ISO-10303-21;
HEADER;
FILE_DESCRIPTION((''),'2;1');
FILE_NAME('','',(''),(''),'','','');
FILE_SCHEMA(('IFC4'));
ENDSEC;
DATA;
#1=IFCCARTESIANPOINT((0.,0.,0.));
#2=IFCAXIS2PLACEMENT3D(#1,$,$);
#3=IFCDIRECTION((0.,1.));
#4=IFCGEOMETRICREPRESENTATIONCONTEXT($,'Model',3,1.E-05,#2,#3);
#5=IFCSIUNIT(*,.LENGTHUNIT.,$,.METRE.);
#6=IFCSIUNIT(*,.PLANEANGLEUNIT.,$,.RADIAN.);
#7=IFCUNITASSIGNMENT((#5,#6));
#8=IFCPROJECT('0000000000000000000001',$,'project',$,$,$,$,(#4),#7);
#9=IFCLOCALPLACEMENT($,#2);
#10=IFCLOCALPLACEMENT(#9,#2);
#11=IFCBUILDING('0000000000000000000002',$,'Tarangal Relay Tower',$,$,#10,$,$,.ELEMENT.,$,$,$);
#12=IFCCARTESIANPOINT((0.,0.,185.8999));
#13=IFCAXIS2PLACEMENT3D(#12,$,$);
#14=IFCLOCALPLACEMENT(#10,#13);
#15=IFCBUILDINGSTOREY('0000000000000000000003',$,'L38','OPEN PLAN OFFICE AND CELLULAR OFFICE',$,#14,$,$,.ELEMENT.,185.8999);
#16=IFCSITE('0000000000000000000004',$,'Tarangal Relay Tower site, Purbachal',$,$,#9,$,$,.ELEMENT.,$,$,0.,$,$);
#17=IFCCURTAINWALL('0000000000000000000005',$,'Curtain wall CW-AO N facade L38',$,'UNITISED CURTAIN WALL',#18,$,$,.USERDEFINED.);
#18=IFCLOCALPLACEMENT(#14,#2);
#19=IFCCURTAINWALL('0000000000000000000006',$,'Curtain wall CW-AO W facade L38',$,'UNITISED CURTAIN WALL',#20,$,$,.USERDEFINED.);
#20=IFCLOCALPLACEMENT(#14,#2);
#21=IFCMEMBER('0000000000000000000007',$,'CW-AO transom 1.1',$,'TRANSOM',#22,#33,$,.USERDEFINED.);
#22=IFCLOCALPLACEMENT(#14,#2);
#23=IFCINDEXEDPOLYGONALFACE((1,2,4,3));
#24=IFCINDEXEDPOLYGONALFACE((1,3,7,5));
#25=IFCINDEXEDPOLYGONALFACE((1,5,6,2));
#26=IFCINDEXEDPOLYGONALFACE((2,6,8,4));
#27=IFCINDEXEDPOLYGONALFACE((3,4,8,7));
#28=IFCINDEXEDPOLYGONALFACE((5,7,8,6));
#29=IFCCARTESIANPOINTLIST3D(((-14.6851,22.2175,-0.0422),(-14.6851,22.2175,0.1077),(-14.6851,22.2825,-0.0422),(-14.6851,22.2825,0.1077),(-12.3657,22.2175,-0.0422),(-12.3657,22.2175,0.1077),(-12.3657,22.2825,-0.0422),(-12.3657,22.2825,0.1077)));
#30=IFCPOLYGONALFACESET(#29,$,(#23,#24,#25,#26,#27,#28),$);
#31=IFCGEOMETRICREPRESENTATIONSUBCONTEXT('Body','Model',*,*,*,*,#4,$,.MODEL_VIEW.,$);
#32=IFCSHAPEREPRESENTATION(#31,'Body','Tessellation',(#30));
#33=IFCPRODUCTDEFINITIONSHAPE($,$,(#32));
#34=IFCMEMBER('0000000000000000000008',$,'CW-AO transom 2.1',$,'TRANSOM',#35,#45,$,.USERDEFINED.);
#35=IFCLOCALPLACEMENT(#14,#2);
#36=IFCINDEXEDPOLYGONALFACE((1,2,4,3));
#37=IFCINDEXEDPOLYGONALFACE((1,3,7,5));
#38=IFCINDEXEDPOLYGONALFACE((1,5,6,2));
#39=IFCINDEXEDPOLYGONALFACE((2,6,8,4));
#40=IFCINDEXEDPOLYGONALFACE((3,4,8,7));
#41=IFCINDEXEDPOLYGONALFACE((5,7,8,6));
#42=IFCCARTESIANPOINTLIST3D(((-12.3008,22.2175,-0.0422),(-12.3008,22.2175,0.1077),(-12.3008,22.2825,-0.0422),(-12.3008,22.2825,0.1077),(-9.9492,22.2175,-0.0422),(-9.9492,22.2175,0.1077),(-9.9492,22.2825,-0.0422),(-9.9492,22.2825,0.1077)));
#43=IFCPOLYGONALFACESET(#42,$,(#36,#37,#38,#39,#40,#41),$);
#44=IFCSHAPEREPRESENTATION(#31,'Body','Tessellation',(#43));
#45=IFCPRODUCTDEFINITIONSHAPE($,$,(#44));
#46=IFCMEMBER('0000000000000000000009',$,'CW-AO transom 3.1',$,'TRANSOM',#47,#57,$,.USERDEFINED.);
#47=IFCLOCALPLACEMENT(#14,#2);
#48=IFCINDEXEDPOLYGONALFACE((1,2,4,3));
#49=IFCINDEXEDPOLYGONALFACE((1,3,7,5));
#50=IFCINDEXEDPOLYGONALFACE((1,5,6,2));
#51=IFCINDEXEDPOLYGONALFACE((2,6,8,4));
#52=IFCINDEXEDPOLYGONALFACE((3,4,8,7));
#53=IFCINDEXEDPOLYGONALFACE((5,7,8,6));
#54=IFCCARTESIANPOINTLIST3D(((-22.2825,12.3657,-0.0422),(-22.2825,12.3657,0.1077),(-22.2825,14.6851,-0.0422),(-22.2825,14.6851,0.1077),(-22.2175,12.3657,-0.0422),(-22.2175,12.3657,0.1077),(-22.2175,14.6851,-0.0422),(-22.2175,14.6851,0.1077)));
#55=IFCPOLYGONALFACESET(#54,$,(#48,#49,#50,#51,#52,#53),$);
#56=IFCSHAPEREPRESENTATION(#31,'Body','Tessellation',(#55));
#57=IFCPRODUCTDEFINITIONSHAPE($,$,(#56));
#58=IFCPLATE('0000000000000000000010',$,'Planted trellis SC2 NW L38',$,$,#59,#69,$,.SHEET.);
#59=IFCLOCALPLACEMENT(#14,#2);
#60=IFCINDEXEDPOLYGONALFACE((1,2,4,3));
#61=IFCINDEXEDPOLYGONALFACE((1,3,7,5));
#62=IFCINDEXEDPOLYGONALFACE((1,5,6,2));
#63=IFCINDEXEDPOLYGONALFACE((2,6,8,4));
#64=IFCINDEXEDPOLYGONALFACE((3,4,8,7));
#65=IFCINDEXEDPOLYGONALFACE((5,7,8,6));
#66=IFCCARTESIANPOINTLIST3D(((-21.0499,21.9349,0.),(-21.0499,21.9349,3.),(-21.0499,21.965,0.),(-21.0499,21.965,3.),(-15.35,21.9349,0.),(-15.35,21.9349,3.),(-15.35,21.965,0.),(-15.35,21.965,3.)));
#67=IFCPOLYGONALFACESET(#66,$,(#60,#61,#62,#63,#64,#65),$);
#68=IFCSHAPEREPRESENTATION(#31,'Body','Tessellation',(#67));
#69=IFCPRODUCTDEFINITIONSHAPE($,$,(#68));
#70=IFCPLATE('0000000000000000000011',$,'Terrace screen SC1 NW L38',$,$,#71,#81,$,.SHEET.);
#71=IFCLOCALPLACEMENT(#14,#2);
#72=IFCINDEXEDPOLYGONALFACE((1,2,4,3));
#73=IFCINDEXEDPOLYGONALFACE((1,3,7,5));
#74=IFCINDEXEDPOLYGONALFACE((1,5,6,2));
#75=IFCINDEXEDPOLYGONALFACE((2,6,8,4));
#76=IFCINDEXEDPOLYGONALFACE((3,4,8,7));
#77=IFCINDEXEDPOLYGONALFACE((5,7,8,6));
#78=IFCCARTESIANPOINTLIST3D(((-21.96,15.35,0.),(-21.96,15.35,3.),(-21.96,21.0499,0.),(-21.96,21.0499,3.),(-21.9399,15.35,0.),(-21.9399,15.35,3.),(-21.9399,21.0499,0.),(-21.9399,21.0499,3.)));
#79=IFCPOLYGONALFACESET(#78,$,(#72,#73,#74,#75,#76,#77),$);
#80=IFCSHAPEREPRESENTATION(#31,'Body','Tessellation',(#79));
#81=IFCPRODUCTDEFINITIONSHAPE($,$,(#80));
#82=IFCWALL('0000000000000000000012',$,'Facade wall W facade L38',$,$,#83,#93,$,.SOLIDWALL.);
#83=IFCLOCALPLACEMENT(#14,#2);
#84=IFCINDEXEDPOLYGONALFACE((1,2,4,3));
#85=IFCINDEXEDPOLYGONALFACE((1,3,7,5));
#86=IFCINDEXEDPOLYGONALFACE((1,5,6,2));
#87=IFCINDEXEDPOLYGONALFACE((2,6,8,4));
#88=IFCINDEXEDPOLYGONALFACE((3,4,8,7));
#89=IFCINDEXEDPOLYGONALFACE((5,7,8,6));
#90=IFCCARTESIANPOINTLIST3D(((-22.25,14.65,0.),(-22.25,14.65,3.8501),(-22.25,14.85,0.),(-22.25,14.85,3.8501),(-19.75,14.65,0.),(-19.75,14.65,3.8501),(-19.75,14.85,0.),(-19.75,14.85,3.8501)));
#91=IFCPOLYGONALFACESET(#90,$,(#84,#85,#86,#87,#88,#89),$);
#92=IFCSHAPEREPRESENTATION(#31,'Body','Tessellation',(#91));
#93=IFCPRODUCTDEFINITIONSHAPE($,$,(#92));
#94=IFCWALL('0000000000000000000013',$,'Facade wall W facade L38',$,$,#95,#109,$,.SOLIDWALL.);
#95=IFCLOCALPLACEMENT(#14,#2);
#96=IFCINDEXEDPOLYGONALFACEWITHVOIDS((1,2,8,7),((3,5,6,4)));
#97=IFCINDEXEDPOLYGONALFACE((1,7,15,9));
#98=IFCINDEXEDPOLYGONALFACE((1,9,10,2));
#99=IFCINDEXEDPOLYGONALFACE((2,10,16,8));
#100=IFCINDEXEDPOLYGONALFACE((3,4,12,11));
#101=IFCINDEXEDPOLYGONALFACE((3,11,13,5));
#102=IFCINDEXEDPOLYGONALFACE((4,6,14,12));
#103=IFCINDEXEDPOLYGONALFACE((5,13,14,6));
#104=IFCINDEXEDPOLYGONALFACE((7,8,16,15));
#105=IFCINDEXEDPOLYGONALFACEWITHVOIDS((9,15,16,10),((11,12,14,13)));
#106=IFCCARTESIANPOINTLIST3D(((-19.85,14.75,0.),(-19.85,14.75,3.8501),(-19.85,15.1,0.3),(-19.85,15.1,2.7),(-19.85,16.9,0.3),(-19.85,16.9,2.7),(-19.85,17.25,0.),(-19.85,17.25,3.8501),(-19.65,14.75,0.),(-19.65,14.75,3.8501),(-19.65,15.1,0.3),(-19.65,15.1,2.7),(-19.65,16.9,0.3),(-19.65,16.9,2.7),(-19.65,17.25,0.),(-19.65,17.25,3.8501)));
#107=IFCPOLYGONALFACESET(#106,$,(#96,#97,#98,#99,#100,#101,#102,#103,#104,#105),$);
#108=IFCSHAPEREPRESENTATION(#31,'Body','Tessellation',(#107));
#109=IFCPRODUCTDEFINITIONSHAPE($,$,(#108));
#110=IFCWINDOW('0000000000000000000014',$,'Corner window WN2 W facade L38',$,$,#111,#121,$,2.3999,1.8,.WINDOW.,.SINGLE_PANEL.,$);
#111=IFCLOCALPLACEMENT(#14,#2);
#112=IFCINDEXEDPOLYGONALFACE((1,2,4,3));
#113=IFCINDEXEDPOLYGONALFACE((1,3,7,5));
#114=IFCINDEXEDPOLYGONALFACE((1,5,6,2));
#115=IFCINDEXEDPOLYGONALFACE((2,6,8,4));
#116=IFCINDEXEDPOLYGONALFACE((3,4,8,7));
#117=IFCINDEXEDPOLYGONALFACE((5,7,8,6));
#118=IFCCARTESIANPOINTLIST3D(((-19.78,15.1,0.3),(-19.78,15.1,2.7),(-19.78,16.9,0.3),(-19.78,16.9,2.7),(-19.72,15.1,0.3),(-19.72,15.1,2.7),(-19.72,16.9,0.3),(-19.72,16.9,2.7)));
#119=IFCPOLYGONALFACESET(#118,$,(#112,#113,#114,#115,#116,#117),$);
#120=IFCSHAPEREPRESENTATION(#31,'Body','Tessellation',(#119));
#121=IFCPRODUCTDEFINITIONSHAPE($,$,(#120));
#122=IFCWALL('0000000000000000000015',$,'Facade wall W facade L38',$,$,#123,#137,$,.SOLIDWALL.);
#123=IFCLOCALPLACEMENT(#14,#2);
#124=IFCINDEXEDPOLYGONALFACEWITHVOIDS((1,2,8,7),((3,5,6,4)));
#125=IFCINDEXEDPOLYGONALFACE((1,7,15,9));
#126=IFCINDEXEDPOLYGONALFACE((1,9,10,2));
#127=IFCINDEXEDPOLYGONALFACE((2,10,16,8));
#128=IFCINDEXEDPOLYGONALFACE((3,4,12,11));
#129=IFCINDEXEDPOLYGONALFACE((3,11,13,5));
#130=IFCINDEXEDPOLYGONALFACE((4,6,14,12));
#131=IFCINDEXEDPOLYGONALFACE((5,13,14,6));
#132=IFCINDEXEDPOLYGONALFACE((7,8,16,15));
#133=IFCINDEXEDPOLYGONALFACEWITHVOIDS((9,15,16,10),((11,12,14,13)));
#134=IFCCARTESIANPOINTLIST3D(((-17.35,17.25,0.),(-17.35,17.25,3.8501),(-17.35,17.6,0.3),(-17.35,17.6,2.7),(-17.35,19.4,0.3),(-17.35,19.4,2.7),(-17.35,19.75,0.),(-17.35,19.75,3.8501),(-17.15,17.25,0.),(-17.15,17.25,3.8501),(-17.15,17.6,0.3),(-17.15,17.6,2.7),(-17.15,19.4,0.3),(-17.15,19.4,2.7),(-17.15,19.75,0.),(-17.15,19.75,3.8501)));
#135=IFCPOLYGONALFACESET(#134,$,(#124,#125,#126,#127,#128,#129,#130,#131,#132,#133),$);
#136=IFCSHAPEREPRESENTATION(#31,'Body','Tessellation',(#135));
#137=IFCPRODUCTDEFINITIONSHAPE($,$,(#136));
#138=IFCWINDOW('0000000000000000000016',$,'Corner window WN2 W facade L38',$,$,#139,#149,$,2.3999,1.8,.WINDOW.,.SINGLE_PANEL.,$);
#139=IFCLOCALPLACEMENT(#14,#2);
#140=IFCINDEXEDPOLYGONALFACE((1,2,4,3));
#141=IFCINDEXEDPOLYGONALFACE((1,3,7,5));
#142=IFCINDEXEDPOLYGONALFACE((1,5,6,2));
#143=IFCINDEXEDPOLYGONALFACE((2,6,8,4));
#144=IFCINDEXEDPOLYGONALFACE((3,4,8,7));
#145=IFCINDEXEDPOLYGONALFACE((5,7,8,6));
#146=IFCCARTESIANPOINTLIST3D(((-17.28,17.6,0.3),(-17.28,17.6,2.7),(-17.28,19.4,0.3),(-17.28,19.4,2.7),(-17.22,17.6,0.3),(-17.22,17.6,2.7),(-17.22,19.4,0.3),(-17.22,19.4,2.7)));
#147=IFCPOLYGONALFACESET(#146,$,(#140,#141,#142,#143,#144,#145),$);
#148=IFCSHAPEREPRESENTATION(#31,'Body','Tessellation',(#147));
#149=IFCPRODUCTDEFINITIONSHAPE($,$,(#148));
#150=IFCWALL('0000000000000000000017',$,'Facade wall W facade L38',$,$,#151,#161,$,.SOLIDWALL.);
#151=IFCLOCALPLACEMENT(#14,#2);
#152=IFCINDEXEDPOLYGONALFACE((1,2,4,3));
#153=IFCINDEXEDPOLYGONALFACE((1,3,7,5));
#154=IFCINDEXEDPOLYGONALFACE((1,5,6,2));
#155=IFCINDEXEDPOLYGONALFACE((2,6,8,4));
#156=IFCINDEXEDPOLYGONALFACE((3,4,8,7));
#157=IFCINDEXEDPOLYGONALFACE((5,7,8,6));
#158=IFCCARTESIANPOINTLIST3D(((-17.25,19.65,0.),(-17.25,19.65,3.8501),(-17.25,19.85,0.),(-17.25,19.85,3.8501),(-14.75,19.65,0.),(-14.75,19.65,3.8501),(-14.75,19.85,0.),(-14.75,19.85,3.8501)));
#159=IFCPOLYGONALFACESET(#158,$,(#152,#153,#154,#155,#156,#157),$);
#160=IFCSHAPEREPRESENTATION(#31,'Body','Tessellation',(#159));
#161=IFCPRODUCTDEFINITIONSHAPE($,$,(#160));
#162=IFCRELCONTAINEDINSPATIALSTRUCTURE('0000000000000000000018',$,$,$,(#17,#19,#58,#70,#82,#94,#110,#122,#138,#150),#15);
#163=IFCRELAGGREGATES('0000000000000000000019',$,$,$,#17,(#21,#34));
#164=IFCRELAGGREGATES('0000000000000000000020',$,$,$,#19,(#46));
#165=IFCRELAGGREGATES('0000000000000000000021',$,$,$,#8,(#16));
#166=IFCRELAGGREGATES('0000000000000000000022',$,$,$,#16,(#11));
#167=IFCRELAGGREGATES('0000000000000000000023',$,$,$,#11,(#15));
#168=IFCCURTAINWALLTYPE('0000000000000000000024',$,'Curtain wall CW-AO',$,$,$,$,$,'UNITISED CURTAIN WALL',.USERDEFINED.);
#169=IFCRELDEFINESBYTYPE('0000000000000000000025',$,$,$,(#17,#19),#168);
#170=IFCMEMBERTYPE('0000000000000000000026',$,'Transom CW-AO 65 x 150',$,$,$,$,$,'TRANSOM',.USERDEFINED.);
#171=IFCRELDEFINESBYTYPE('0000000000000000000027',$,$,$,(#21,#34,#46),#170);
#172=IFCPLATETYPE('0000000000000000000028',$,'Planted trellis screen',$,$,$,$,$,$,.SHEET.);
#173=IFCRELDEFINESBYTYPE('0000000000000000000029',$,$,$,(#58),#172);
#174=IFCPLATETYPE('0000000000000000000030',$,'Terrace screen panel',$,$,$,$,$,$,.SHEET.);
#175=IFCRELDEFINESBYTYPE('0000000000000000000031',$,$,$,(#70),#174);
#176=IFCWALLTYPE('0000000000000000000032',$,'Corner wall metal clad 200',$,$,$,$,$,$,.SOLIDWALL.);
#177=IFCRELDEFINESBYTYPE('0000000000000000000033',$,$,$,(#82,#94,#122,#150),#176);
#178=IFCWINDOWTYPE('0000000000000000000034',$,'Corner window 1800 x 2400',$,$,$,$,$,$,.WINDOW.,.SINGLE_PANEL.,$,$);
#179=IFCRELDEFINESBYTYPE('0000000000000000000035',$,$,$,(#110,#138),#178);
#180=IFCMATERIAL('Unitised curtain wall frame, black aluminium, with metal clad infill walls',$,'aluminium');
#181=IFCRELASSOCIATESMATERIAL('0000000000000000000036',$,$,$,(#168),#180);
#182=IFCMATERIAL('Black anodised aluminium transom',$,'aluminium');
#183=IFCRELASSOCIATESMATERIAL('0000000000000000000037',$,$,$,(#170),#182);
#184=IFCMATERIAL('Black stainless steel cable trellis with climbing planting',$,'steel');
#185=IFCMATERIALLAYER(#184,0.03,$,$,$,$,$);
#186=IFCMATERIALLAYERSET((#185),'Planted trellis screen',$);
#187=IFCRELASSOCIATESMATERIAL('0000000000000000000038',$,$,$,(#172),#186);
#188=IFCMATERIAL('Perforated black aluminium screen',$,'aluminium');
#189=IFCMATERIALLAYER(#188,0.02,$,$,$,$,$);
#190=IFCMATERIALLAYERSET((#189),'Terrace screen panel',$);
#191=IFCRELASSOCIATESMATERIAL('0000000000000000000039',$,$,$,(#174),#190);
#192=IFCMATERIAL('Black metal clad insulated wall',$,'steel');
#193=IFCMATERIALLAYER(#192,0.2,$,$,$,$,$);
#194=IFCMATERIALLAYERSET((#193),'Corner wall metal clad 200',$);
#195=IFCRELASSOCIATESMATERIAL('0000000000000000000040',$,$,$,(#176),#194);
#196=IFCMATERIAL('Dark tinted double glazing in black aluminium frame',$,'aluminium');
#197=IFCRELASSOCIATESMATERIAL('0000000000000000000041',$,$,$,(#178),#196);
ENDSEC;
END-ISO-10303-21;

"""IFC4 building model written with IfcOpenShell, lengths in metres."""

from ifc_helpers import new_model, si_unit, direction, frame, frame_2d, origin, origin_2d, place, context, subcontext, project, spatial, rectangle, extrude, material, layer, layer_set, material_profile, profile_set, type_object, element, fill, aggregate, save


model = new_model("IFC4")

# Units and contexts
model_context = context("Model", 3, precision=1e-05, world=origin(), true_north=direction((0.0, 1.0)))
body_context = subcontext(model_context, "Body", "Model", "MODEL_VIEW")
ifc_project = project(units=[si_unit("LENGTHUNIT", "METRE"), si_unit("PLANEANGLEUNIT", "RADIAN")], contexts=[model_context])

# Site, building, storey
site_placement = place(None, origin())
site = spatial("IfcSite", under=ifc_project, at=site_placement, Name="Tarangal Relay Tower site, Purbachal", CompositionType="ELEMENT", RefElevation=0.0)
building_placement = place(site_placement, origin())
building = spatial("IfcBuilding", under=site, at=building_placement, Name="Tarangal Relay Tower", CompositionType="ELEMENT")
storey_placement = place(building_placement, frame((0.0, 0.0, 185.8999)))
storey = spatial("IfcBuildingStorey", under=building, at=storey_placement, Name="L38", Description="OPEN PLAN OFFICE AND CELLULAR OFFICE", CompositionType="ELEMENT", Elevation=185.8999)

# Curtain walls
ifc_material_1 = material(Name="Unitised curtain wall frame, black aluminium, with metal clad infill walls", Category="aluminium")
curtain_wall_type = type_object("IfcCurtainWallType", Name="Curtain wall CW-AO", ElementType="UNITISED CURTAIN WALL", PredefinedType="USERDEFINED", material=ifc_material_1)
curtain_wall_1_placement = place(storey_placement, origin())
curtain_wall_1 = element("IfcCurtainWall", 1, at=curtain_wall_1_placement, inside=storey, type_object=curtain_wall_type, Name="Curtain wall CW-AO N facade L38", ObjectType="UNITISED CURTAIN WALL", PredefinedType="USERDEFINED")
curtain_wall_2_placement = place(storey_placement, origin())
curtain_wall_2 = element("IfcCurtainWall", 2, at=curtain_wall_2_placement, inside=storey, type_object=curtain_wall_type, Name="Curtain wall CW-AO W facade L38", ObjectType="UNITISED CURTAIN WALL", PredefinedType="USERDEFINED")

# Members
ifc_material_2 = material(Name="Black anodised aluminium transom", Category="aluminium")
ifc_material_profile_1 = material_profile(ifc_material_2, rectangle(XDim=0.0649, YDim=0.1499, at=origin_2d()), Name="CW-AOT 65X150")
ifc_profile_set_1 = profile_set([ifc_material_profile_1], Name="Black anodised aluminium transom")
member_type_1 = type_object("IfcMemberType", Name="Transom CW-AO 65 x 150", ElementType="TRANSOM", PredefinedType="USERDEFINED", material=ifc_profile_set_1)
member_1_placement = place(storey_placement, frame((-14.6851, 22.25, 0.0327), z_axis=(1.0, 0.0, 0.0), x_axis=(0.0, 1.0, 0.0)))
member_1 = element("IfcMember", 3, at=member_1_placement, type_object=member_type_1, Name="CW-AO transom 1.1", ObjectType="TRANSOM", PredefinedType="USERDEFINED", context=body_context, shape_type="SweptSolid", body=[
    extrude(rectangle(XDim=0.0649, YDim=0.1499, at=origin_2d()), origin(), (0.0, 0.0, 1.0), 2.3193),
])
member_2_placement = place(storey_placement, frame((-12.3008, 22.25, 0.0327), z_axis=(1.0, 0.0, 0.0), x_axis=(0.0, 1.0, 0.0)))
member_2 = element("IfcMember", 4, at=member_2_placement, type_object=member_type_1, Name="CW-AO transom 2.1", ObjectType="TRANSOM", PredefinedType="USERDEFINED", context=body_context, shape_type="SweptSolid", body=[
    extrude(rectangle(XDim=0.0649, YDim=0.1499, at=origin_2d()), origin(), (0.0, 0.0, 1.0), 2.3516),
])
aggregate(curtain_wall_1, [member_1, member_2])
member_3_placement = place(storey_placement, frame((-22.25, 12.3657, 0.0327), z_axis=(0.0, 1.0, 0.0), x_axis=(-1.0, 0.0, 0.0)))
member_3 = element("IfcMember", 5, at=member_3_placement, type_object=member_type_1, Name="CW-AO transom 3.1", ObjectType="TRANSOM", PredefinedType="USERDEFINED", context=body_context, shape_type="SweptSolid", body=[
    extrude(rectangle(XDim=0.0649, YDim=0.1499, at=origin_2d()), origin(), (0.0, 0.0, 1.0), 2.3193),
])
aggregate(curtain_wall_2, [member_3])

# Plates
ifc_material_3 = material(Name="Black stainless steel cable trellis with climbing planting", Category="steel")
ifc_layer_1 = layer(ifc_material_3, 0.03)
ifc_layer_set_1 = layer_set([ifc_layer_1], Name="Planted trellis screen")
plate_type_1 = type_object("IfcPlateType", Name="Planted trellis screen", PredefinedType="SHEET", material=ifc_layer_set_1)
plate_1_placement = place(storey_placement, frame((-18.2, 21.95, 0.0), z_axis=(0.0, 0.0, 1.0), x_axis=(1.0, 0.0, 0.0)))
element("IfcPlate", 6, at=plate_1_placement, inside=storey, type_object=plate_type_1, Name="Planted trellis SC2 NW L38", PredefinedType="SHEET", context=body_context, shape_type="SweptSolid", body=[
    extrude(rectangle(XDim=5.7, YDim=0.03, at=origin_2d()), origin(), (0.0, 0.0, 1.0), 3.0),
])
ifc_material_4 = material(Name="Perforated black aluminium screen", Category="aluminium")
ifc_layer_2 = layer(ifc_material_4, 0.02)
ifc_layer_set_2 = layer_set([ifc_layer_2], Name="Terrace screen panel")
plate_type_2 = type_object("IfcPlateType", Name="Terrace screen panel", PredefinedType="SHEET", material=ifc_layer_set_2)
plate_2_placement = place(storey_placement, frame((-21.95, 18.2, 0.0), z_axis=(0.0, 0.0, 1.0), x_axis=(0.0, 1.0, 0.0)))
element("IfcPlate", 7, at=plate_2_placement, inside=storey, type_object=plate_type_2, Name="Terrace screen SC1 NW L38", PredefinedType="SHEET", context=body_context, shape_type="SweptSolid", body=[
    extrude(rectangle(XDim=5.7, YDim=0.02, at=origin_2d()), origin(), (0.0, 0.0, 1.0), 3.0),
])

# Wall
ifc_material_5 = material(Name="Black metal clad insulated wall", Category="steel")
ifc_layer_3 = layer(ifc_material_5, 0.2)
ifc_layer_set_3 = layer_set([ifc_layer_3], Name="Corner wall metal clad 200")
wall_type_1 = type_object("IfcWallType", Name="Corner wall metal clad 200", PredefinedType="SOLIDWALL", material=ifc_layer_set_3)
wall_1_placement = place(storey_placement, frame((-22.25, 14.75, 0.0), z_axis=(0.0, 0.0, 1.0), x_axis=(1.0, 0.0, 0.0)))
element("IfcWall", 8, at=wall_1_placement, inside=storey, type_object=wall_type_1, Name="Facade wall W facade L38", PredefinedType="SOLIDWALL", context=body_context, shape_type="SweptSolid", body=[
    extrude(rectangle(XDim=2.5, YDim=0.2, at=frame_2d((1.25, 0.0))), origin(), (0.0, 0.0, 1.0), 3.8501),
])

# Wall, opening, window
wall_2_placement = place(storey_placement, frame((-19.75, 14.75, 0.0), z_axis=(0.0, 0.0, 1.0), x_axis=(0.0, 1.0, 0.0)))
wall_2 = element("IfcWall", 9, at=wall_2_placement, inside=storey, type_object=wall_type_1, Name="Facade wall W facade L38", PredefinedType="SOLIDWALL", context=body_context, shape_type="SweptSolid", body=[
    extrude(rectangle(XDim=2.5, YDim=0.2, at=frame_2d((1.25, 0.0))), origin(), (0.0, 0.0, 1.0), 3.8501),
])
opening_1_placement = place(wall_2_placement, frame((0.3501, 0.0, 0.3)))
opening_1 = element("IfcOpeningElement", 10, at=opening_1_placement, cuts=wall_2, PredefinedType="OPENING", context=body_context, shape_type="SweptSolid", body=[
    extrude(rectangle(XDim=1.8, YDim=2.3999, at=frame_2d((0.8999, 1.2))), frame((0.0, 0.1099, 0.0), z_axis=(0.0, -1.0, 0.0), x_axis=(1.0, 0.0, 0.0)), (0.0, 0.0, 1.0), 0.22),
])
ifc_material_6 = material(Name="Dark tinted double glazing in black aluminium frame", Category="aluminium")
window_type = type_object("IfcWindowType", Name="Corner window 1800 x 2400", PartitioningType="SINGLE_PANEL", PredefinedType="WINDOW", material=ifc_material_6)
window_1_placement = place(opening_1_placement, origin())
window_1 = element("IfcWindow", 11, at=window_1_placement, inside=storey, type_object=window_type, Name="Corner window WN2 W facade L38", OverallHeight=2.3999, OverallWidth=1.8, PartitioningType="SINGLE_PANEL", PredefinedType="WINDOW", context=body_context, shape_type="SweptSolid", body=[
    extrude(rectangle(XDim=1.8, YDim=2.3999, at=frame_2d((0.8999, 1.2))), frame((0.0, 0.03, 0.0), z_axis=(0.0, -1.0, 0.0), x_axis=(1.0, 0.0, 0.0)), (0.0, 0.0, 1.0), 0.0601),
])
fill(opening_1, window_1)

# Wall, opening, window
wall_3_placement = place(storey_placement, frame((-17.25, 17.25, 0.0), z_axis=(0.0, 0.0, 1.0), x_axis=(0.0, 1.0, 0.0)))
wall_3 = element("IfcWall", 12, at=wall_3_placement, inside=storey, type_object=wall_type_1, Name="Facade wall W facade L38", PredefinedType="SOLIDWALL", context=body_context, shape_type="SweptSolid", body=[
    extrude(rectangle(XDim=2.5, YDim=0.2, at=frame_2d((1.25, 0.0))), origin(), (0.0, 0.0, 1.0), 3.8501),
])
opening_2_placement = place(wall_3_placement, frame((0.3501, 0.0, 0.3)))
opening_2 = element("IfcOpeningElement", 13, at=opening_2_placement, cuts=wall_3, PredefinedType="OPENING", context=body_context, shape_type="SweptSolid", body=[
    extrude(rectangle(XDim=1.8, YDim=2.3999, at=frame_2d((0.8999, 1.2))), frame((0.0, 0.1099, 0.0), z_axis=(0.0, -1.0, 0.0), x_axis=(1.0, 0.0, 0.0)), (0.0, 0.0, 1.0), 0.22),
])
window_2_placement = place(opening_2_placement, origin())
window_2 = element("IfcWindow", 14, at=window_2_placement, inside=storey, type_object=window_type, Name="Corner window WN2 W facade L38", OverallHeight=2.3999, OverallWidth=1.8, PartitioningType="SINGLE_PANEL", PredefinedType="WINDOW", context=body_context, shape_type="SweptSolid", body=[
    extrude(rectangle(XDim=1.8, YDim=2.3999, at=frame_2d((0.8999, 1.2))), frame((0.0, 0.03, 0.0), z_axis=(0.0, -1.0, 0.0), x_axis=(1.0, 0.0, 0.0)), (0.0, 0.0, 1.0), 0.0601),
])
fill(opening_2, window_2)

# Wall
wall_4_placement = place(storey_placement, frame((-17.25, 19.75, 0.0), z_axis=(0.0, 0.0, 1.0), x_axis=(1.0, 0.0, 0.0)))
element("IfcWall", 15, at=wall_4_placement, inside=storey, type_object=wall_type_1, Name="Facade wall W facade L38", PredefinedType="SOLIDWALL", context=body_context, shape_type="SweptSolid", body=[
    extrude(rectangle(XDim=2.5, YDim=0.2, at=frame_2d((1.25, 0.0))), origin(), (0.0, 0.0, 1.0), 3.8501),
])

save(model, "model.ifc")
